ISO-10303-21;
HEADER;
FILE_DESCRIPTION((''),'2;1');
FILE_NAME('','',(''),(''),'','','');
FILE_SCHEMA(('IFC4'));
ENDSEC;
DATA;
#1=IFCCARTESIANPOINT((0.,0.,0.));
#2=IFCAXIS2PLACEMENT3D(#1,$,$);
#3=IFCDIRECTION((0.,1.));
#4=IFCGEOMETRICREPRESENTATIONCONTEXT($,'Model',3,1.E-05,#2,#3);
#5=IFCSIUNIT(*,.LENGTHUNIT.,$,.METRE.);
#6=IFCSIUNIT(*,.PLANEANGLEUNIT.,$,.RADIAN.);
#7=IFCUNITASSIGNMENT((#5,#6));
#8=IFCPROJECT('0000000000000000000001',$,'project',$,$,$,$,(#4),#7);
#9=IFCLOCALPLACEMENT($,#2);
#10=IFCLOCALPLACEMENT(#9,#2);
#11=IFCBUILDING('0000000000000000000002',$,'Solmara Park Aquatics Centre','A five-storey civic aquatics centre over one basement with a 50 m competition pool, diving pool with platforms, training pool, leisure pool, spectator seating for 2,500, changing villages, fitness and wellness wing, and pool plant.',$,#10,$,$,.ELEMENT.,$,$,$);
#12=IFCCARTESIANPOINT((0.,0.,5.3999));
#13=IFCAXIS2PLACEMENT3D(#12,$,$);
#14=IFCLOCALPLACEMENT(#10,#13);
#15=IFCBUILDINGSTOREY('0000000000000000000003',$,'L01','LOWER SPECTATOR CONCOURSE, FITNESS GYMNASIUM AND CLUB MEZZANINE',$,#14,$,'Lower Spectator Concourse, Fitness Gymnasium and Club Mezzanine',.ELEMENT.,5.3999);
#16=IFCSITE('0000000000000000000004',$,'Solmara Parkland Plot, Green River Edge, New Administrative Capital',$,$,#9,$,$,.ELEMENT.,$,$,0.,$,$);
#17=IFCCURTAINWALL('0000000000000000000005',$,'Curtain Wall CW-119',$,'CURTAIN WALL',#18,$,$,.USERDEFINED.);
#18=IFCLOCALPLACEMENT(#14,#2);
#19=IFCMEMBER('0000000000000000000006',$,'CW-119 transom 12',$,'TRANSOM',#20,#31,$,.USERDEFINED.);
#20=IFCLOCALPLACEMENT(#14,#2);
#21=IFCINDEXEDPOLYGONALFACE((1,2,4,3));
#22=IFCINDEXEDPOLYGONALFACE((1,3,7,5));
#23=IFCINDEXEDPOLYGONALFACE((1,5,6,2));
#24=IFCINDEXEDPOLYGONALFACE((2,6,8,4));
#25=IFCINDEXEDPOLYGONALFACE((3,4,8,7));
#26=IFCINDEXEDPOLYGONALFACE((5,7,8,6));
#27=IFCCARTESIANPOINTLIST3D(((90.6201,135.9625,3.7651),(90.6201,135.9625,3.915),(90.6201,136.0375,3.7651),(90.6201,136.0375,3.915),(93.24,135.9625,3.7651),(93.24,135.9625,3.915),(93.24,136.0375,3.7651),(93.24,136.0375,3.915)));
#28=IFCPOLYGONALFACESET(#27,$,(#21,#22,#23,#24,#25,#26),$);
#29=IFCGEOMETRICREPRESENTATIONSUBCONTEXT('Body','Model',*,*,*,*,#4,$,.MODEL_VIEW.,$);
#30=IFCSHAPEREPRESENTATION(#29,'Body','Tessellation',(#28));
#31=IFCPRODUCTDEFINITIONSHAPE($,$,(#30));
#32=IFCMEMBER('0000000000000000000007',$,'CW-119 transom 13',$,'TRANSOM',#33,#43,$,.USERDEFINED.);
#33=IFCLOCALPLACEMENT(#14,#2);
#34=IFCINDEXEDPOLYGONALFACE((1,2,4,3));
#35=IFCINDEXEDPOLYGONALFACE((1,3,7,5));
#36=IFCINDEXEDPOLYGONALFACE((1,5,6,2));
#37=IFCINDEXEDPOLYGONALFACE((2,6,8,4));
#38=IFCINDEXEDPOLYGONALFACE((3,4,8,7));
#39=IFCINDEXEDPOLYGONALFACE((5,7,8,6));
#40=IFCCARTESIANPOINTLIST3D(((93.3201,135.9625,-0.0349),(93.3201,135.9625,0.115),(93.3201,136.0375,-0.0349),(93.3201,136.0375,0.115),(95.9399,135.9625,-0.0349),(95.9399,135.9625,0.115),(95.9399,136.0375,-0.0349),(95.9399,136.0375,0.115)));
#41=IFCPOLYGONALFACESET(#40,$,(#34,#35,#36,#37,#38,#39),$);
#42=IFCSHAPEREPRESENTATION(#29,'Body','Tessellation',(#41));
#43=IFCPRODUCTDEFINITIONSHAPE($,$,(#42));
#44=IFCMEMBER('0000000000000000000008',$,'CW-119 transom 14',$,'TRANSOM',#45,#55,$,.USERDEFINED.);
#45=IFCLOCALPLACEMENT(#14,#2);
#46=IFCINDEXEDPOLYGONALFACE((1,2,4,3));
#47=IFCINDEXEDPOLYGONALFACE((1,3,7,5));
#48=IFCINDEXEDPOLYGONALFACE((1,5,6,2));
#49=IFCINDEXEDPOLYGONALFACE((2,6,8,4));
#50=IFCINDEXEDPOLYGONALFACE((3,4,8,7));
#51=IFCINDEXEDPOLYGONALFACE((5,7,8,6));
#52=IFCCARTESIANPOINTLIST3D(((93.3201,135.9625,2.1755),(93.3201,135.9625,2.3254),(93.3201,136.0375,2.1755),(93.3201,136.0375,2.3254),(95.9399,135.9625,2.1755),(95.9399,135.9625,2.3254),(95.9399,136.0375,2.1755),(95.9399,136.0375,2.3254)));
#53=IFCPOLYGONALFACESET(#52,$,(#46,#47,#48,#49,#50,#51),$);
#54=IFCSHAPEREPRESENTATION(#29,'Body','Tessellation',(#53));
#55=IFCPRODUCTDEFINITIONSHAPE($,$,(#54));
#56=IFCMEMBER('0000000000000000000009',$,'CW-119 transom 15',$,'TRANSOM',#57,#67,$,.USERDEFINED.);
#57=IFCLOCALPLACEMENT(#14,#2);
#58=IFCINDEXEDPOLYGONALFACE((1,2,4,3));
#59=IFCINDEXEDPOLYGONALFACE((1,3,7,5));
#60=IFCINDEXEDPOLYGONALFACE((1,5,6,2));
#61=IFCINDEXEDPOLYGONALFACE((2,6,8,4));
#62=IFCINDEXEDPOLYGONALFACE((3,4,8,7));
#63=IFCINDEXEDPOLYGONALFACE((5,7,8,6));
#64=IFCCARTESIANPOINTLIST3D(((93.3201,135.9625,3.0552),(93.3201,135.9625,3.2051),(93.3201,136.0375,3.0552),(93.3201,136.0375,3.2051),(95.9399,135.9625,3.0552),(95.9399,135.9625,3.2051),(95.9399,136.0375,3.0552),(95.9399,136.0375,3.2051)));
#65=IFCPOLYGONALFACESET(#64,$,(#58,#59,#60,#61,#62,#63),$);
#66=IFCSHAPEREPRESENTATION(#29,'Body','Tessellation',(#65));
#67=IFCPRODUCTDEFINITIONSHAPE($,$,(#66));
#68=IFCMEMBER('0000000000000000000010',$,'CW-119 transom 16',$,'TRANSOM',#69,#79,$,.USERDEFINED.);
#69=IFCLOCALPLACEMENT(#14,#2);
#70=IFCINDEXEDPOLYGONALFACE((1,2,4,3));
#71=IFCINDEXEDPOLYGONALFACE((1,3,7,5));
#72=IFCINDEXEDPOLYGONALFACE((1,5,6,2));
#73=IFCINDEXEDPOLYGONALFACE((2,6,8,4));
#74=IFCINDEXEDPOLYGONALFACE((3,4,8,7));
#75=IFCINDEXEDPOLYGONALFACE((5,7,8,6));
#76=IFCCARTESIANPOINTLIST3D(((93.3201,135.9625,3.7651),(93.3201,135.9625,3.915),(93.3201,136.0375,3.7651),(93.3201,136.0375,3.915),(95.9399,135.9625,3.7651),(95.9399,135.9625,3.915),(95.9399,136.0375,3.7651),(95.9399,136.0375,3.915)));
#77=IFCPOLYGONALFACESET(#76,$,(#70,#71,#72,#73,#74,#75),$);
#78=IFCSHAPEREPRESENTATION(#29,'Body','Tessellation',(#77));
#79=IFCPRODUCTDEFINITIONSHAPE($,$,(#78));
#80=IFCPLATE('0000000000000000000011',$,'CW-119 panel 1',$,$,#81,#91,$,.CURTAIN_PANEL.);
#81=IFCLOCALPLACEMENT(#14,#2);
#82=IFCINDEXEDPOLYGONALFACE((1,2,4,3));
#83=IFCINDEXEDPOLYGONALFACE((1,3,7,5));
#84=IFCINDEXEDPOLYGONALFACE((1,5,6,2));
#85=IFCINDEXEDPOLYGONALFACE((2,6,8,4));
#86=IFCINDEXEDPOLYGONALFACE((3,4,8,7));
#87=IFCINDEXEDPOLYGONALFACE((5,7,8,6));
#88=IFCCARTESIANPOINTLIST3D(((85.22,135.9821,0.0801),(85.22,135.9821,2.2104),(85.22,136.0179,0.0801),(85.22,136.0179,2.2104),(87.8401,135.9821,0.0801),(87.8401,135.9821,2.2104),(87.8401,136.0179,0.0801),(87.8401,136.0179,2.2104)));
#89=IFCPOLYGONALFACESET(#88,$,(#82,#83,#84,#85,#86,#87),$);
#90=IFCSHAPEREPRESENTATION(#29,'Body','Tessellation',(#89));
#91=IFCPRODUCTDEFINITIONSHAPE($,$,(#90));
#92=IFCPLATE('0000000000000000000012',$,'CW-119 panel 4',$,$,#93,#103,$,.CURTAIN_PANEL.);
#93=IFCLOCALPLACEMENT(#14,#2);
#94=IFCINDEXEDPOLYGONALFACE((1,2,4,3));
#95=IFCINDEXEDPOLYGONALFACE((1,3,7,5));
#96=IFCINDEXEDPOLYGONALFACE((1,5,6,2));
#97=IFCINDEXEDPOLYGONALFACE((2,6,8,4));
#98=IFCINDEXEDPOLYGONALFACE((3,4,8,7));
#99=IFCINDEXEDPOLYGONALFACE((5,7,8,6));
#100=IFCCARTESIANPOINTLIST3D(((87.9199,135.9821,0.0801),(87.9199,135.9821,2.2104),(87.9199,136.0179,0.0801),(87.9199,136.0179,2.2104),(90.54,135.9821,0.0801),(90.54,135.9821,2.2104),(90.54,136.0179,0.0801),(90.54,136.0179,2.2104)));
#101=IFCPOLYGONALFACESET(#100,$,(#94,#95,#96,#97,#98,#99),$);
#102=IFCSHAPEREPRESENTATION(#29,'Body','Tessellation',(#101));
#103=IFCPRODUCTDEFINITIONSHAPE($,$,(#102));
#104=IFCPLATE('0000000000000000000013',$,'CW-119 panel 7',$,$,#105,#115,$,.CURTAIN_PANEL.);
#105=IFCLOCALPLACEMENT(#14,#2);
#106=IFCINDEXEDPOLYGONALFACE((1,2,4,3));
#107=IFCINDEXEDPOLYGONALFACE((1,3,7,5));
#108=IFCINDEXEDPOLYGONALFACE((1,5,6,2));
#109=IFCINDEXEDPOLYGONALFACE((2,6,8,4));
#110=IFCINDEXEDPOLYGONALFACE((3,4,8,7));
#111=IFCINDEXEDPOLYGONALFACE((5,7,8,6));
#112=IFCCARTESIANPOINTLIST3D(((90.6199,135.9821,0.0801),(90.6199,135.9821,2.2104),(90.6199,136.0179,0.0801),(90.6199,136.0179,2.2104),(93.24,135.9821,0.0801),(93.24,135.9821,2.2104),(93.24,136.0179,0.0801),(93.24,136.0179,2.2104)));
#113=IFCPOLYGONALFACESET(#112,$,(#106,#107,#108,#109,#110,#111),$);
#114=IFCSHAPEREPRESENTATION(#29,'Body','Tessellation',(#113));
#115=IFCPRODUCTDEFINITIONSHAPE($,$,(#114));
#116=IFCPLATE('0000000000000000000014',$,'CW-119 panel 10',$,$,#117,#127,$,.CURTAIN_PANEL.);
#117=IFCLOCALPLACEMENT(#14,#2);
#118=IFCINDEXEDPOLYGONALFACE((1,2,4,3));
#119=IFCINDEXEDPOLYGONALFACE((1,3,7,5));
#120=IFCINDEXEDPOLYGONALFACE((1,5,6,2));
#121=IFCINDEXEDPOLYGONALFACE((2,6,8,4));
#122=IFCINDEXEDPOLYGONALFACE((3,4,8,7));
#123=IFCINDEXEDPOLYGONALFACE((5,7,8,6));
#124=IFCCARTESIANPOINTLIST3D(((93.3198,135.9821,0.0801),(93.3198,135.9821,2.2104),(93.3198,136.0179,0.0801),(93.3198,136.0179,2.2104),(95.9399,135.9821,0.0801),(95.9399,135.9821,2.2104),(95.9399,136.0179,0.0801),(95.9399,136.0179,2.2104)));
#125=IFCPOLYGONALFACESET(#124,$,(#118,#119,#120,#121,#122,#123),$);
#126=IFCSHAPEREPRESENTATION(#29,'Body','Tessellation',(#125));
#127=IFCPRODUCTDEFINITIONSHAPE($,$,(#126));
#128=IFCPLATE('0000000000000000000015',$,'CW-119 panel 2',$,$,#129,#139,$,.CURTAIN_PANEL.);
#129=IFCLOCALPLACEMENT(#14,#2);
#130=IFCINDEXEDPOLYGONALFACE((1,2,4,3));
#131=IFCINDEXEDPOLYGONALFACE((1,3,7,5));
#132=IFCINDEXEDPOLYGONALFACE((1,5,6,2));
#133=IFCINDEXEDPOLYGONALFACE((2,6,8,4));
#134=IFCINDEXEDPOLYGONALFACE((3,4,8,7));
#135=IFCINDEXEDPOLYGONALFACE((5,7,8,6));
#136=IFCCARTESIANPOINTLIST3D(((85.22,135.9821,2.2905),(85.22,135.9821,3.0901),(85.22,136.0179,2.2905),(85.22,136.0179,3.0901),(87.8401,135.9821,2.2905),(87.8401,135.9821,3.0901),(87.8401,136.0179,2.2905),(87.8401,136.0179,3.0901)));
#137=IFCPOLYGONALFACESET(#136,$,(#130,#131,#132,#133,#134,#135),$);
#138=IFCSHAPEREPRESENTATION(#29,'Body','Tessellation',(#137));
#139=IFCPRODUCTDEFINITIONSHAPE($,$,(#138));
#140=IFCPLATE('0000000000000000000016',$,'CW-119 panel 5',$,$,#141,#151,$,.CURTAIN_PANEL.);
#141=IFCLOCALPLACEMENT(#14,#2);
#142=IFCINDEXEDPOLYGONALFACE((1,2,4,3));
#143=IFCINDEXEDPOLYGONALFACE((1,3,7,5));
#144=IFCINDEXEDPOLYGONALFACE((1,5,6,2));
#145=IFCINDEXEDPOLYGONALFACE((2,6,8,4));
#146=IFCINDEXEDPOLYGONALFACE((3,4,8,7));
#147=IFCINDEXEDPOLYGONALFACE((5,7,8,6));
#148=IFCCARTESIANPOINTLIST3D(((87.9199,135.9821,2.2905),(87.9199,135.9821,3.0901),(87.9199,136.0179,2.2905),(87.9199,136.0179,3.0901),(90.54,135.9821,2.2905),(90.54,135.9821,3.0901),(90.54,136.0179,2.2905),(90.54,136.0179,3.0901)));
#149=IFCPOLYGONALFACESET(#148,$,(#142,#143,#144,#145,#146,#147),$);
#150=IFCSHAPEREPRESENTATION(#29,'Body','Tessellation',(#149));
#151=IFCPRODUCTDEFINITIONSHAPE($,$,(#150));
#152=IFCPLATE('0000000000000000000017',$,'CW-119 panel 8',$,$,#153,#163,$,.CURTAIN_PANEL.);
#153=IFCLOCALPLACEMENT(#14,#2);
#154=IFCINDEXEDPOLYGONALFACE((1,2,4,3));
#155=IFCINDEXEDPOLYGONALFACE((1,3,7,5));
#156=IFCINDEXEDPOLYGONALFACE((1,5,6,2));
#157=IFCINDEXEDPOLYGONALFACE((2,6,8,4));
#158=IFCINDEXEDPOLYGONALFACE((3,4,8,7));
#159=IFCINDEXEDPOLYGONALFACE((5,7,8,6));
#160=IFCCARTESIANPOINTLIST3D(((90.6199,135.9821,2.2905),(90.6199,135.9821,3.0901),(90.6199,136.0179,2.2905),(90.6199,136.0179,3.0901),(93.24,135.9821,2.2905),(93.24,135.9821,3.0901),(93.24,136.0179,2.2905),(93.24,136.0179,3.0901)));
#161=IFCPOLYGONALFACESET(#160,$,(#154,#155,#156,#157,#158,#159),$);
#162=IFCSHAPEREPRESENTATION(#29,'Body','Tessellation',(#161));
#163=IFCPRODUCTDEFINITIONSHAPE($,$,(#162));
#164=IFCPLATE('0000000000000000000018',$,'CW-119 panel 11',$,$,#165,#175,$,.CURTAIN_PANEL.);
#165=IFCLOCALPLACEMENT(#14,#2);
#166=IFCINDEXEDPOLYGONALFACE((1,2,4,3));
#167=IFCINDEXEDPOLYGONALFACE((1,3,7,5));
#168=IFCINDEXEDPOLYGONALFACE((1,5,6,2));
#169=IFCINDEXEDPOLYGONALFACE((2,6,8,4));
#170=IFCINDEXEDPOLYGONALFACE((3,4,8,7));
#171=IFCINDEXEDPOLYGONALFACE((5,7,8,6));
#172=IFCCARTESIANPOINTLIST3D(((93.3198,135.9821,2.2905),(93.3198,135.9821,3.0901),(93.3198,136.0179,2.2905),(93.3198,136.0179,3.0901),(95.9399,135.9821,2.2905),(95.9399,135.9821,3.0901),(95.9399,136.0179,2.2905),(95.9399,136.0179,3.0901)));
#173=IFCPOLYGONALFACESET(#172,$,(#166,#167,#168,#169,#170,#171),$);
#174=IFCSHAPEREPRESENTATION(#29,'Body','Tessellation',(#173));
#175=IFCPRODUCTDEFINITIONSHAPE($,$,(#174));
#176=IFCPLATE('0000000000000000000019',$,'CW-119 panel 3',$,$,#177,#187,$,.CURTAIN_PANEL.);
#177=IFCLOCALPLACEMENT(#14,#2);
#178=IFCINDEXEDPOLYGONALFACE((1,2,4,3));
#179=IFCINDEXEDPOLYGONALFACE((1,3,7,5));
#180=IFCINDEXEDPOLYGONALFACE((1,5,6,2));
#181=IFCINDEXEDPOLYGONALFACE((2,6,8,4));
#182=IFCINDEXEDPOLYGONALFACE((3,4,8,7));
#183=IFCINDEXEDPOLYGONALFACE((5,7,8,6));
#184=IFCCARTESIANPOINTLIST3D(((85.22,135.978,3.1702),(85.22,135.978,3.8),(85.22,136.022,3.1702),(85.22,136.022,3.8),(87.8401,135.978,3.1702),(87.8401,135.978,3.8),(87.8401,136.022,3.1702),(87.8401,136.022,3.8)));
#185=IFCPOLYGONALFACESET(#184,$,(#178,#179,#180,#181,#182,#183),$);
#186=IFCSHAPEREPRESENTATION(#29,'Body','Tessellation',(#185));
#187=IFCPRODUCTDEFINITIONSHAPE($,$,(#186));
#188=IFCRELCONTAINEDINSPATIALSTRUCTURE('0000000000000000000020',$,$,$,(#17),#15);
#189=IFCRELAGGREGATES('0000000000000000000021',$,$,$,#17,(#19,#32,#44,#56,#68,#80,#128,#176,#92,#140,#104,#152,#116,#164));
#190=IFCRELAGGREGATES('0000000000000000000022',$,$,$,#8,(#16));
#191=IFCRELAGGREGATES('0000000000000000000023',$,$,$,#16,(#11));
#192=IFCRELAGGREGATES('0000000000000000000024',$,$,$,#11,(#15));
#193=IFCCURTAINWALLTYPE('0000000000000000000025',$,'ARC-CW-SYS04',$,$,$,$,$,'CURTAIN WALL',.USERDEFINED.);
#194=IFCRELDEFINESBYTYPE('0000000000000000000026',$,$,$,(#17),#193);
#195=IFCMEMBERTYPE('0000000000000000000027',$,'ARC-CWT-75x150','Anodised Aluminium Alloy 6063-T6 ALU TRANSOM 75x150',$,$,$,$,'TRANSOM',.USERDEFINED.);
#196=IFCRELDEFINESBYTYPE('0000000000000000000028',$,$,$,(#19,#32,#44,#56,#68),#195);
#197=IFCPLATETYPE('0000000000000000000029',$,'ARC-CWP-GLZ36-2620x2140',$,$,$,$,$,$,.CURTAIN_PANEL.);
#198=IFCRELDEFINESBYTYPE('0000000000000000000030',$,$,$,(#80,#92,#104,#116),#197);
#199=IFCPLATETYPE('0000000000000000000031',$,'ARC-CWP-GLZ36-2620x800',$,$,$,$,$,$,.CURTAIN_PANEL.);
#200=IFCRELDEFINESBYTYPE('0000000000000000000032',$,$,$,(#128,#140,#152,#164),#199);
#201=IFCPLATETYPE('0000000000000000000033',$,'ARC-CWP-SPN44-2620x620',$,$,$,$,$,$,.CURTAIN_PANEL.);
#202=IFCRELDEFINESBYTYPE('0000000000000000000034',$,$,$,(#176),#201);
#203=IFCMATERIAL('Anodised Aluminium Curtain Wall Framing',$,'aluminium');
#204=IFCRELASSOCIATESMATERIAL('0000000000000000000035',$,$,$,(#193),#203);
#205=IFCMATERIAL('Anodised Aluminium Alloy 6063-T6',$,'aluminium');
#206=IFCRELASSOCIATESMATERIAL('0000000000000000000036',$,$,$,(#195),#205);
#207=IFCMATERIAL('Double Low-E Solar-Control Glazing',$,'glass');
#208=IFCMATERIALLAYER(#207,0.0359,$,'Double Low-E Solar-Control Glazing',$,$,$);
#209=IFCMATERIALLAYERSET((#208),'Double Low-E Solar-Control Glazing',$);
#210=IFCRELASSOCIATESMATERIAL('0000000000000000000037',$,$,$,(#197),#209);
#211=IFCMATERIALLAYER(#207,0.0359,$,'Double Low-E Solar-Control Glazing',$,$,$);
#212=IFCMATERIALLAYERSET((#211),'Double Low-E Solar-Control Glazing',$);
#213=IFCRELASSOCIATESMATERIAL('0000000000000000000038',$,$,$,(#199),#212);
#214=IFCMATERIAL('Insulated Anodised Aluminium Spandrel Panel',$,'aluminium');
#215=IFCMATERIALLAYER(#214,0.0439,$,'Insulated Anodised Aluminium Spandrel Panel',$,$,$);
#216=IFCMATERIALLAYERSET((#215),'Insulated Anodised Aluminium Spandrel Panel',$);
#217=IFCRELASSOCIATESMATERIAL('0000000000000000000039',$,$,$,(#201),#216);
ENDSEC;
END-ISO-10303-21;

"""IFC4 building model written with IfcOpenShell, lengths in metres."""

from ifc_helpers import new_model, si_unit, direction, frame, origin, origin_2d, place, context, subcontext, project, spatial, rectangle, extrude, material, layer, layer_set, material_profile, profile_set, type_object, element, aggregate, save


model = new_model("IFC4")

# Units and contexts
model_context = context("Model", 3, precision=1e-05, world=origin(), true_north=direction((0.0, 1.0)))
body_context = subcontext(model_context, "Body", "Model", "MODEL_VIEW")
ifc_project = project(units=[si_unit("LENGTHUNIT", "METRE"), si_unit("PLANEANGLEUNIT", "RADIAN")], contexts=[model_context])

# Site, building, storey
site_placement = place(None, origin())
site = spatial("IfcSite", under=ifc_project, at=site_placement, Name="Solmara Parkland Plot, Green River Edge, New Administrative Capital", CompositionType="ELEMENT", RefElevation=0.0)
building_placement = place(site_placement, origin())
building = spatial("IfcBuilding", under=site, at=building_placement, Name="Solmara Park Aquatics Centre", Description="A five-storey civic aquatics centre over one basement with a 50 m competition pool, diving pool with platforms, training pool, leisure pool, spectator seating for 2,500, changing villages, fitness and wellness wing, and pool plant.", CompositionType="ELEMENT")
storey_placement = place(building_placement, frame((0.0, 0.0, 5.3999)))
storey = spatial("IfcBuildingStorey", under=building, at=storey_placement, Name="L01", Description="LOWER SPECTATOR CONCOURSE, FITNESS GYMNASIUM AND CLUB MEZZANINE", LongName="Lower Spectator Concourse, Fitness Gymnasium and Club Mezzanine", CompositionType="ELEMENT", Elevation=5.3999)

# Curtain wall, members, plates
ifc_material_1 = material(Name="Anodised Aluminium Curtain Wall Framing", Category="aluminium")
curtain_wall_type = type_object("IfcCurtainWallType", Name="ARC-CW-SYS04", ElementType="CURTAIN WALL", PredefinedType="USERDEFINED", material=ifc_material_1)
curtain_wall_placement = place(storey_placement, origin())
curtain_wall = element("IfcCurtainWall", 1, at=curtain_wall_placement, inside=storey, type_object=curtain_wall_type, Name="Curtain Wall CW-119", ObjectType="CURTAIN WALL", PredefinedType="USERDEFINED")
ifc_material_2 = material(Name="Anodised Aluminium Alloy 6063-T6", Category="aluminium")
ifc_material_profile_1 = material_profile(ifc_material_2, rectangle(XDim=0.075, YDim=0.1499, at=origin_2d()), Name="ALU TRANSOM 75x150")
ifc_profile_set_1 = profile_set([ifc_material_profile_1], Name="Anodised Aluminium Alloy 6063-T6")
member_type_1 = type_object("IfcMemberType", Name="ARC-CWT-75x150", Description="Anodised Aluminium Alloy 6063-T6 ALU TRANSOM 75x150", ElementType="TRANSOM", PredefinedType="USERDEFINED", material=ifc_profile_set_1)
member_1_placement = place(storey_placement, frame((90.6201, 136.0, 3.8401), z_axis=(1.0, 0.0, 0.0), x_axis=(0.0, 1.0, 0.0)))
member_1 = element("IfcMember", 2, at=member_1_placement, type_object=member_type_1, Name="CW-119 transom 12", ObjectType="TRANSOM", PredefinedType="USERDEFINED", context=body_context, shape_type="SweptSolid", body=[
    extrude(rectangle(XDim=0.075, YDim=0.1499, at=origin_2d()), origin(), (0.0, 0.0, 1.0), 2.6199),
])
member_2_placement = place(storey_placement, frame((93.3201, 136.0, 0.04), z_axis=(1.0, 0.0, 0.0), x_axis=(0.0, 1.0, 0.0)))
member_2 = element("IfcMember", 3, at=member_2_placement, type_object=member_type_1, Name="CW-119 transom 13", ObjectType="TRANSOM", PredefinedType="USERDEFINED", context=body_context, shape_type="SweptSolid", body=[
    extrude(rectangle(XDim=0.075, YDim=0.1499, at=origin_2d()), origin(), (0.0, 0.0, 1.0), 2.6199),
])
member_3_placement = place(storey_placement, frame((93.3201, 136.0, 2.2505), z_axis=(1.0, 0.0, 0.0), x_axis=(0.0, 1.0, 0.0)))
member_3 = element("IfcMember", 4, at=member_3_placement, type_object=member_type_1, Name="CW-119 transom 14", ObjectType="TRANSOM", PredefinedType="USERDEFINED", context=body_context, shape_type="SweptSolid", body=[
    extrude(rectangle(XDim=0.075, YDim=0.1499, at=origin_2d()), origin(), (0.0, 0.0, 1.0), 2.6199),
])
member_4_placement = place(storey_placement, frame((93.3201, 136.0, 3.1301), z_axis=(1.0, 0.0, 0.0), x_axis=(0.0, 1.0, 0.0)))
member_4 = element("IfcMember", 5, at=member_4_placement, type_object=member_type_1, Name="CW-119 transom 15", ObjectType="TRANSOM", PredefinedType="USERDEFINED", context=body_context, shape_type="SweptSolid", body=[
    extrude(rectangle(XDim=0.075, YDim=0.1499, at=origin_2d()), origin(), (0.0, 0.0, 1.0), 2.6199),
])
member_5_placement = place(storey_placement, frame((93.3201, 136.0, 3.8401), z_axis=(1.0, 0.0, 0.0), x_axis=(0.0, 1.0, 0.0)))
member_5 = element("IfcMember", 6, at=member_5_placement, type_object=member_type_1, Name="CW-119 transom 16", ObjectType="TRANSOM", PredefinedType="USERDEFINED", context=body_context, shape_type="SweptSolid", body=[
    extrude(rectangle(XDim=0.075, YDim=0.1499, at=origin_2d()), origin(), (0.0, 0.0, 1.0), 2.6199),
])
ifc_material_3 = material(Name="Double Low-E Solar-Control Glazing", Category="glass")
ifc_layer_1 = layer(ifc_material_3, 0.0359, Name="Double Low-E Solar-Control Glazing")
ifc_layer_set_1 = layer_set([ifc_layer_1], Name="Double Low-E Solar-Control Glazing")
plate_type_1 = type_object("IfcPlateType", Name="ARC-CWP-GLZ36-2620x2140", PredefinedType="CURTAIN_PANEL", material=ifc_layer_set_1)
plate_1_placement = place(storey_placement, frame((86.53, 136.0, 0.0801), z_axis=(0.0, 0.0, 1.0), x_axis=(1.0, 0.0, 0.0)))
plate_1 = element("IfcPlate", 7, at=plate_1_placement, type_object=plate_type_1, Name="CW-119 panel 1", PredefinedType="CURTAIN_PANEL", context=body_context, shape_type="SweptSolid", body=[
    extrude(rectangle(XDim=2.6201, YDim=0.0359, at=origin_2d()), origin(), (0.0, 0.0, 1.0), 2.1304),
])
plate_2_placement = place(storey_placement, frame((89.23, 136.0, 0.0801), z_axis=(0.0, 0.0, 1.0), x_axis=(1.0, 0.0, 0.0)))
plate_2 = element("IfcPlate", 8, at=plate_2_placement, type_object=plate_type_1, Name="CW-119 panel 4", PredefinedType="CURTAIN_PANEL", context=body_context, shape_type="SweptSolid", body=[
    extrude(rectangle(XDim=2.6201, YDim=0.0359, at=origin_2d()), origin(), (0.0, 0.0, 1.0), 2.1304),
])
plate_3_placement = place(storey_placement, frame((91.9299, 136.0, 0.0801), z_axis=(0.0, 0.0, 1.0), x_axis=(1.0, 0.0, 0.0)))
plate_3 = element("IfcPlate", 9, at=plate_3_placement, type_object=plate_type_1, Name="CW-119 panel 7", PredefinedType="CURTAIN_PANEL", context=body_context, shape_type="SweptSolid", body=[
    extrude(rectangle(XDim=2.6201, YDim=0.0359, at=origin_2d()), origin(), (0.0, 0.0, 1.0), 2.1304),
])
plate_4_placement = place(storey_placement, frame((94.6299, 136.0, 0.0801), z_axis=(0.0, 0.0, 1.0), x_axis=(1.0, 0.0, 0.0)))
plate_4 = element("IfcPlate", 10, at=plate_4_placement, type_object=plate_type_1, Name="CW-119 panel 10", PredefinedType="CURTAIN_PANEL", context=body_context, shape_type="SweptSolid", body=[
    extrude(rectangle(XDim=2.6201, YDim=0.0359, at=origin_2d()), origin(), (0.0, 0.0, 1.0), 2.1304),
])
ifc_layer_2 = layer(ifc_material_3, 0.0359, Name="Double Low-E Solar-Control Glazing")
ifc_layer_set_2 = layer_set([ifc_layer_2], Name="Double Low-E Solar-Control Glazing")
plate_type_2 = type_object("IfcPlateType", Name="ARC-CWP-GLZ36-2620x800", PredefinedType="CURTAIN_PANEL", material=ifc_layer_set_2)
plate_5_placement = place(storey_placement, frame((86.53, 136.0, 2.2905), z_axis=(0.0, 0.0, 1.0), x_axis=(1.0, 0.0, 0.0)))
plate_5 = element("IfcPlate", 11, at=plate_5_placement, type_object=plate_type_2, Name="CW-119 panel 2", PredefinedType="CURTAIN_PANEL", context=body_context, shape_type="SweptSolid", body=[
    extrude(rectangle(XDim=2.6201, YDim=0.0359, at=origin_2d()), origin(), (0.0, 0.0, 1.0), 0.7996),
])
plate_6_placement = place(storey_placement, frame((89.23, 136.0, 2.2905), z_axis=(0.0, 0.0, 1.0), x_axis=(1.0, 0.0, 0.0)))
plate_6 = element("IfcPlate", 12, at=plate_6_placement, type_object=plate_type_2, Name="CW-119 panel 5", PredefinedType="CURTAIN_PANEL", context=body_context, shape_type="SweptSolid", body=[
    extrude(rectangle(XDim=2.6201, YDim=0.0359, at=origin_2d()), origin(), (0.0, 0.0, 1.0), 0.7996),
])
plate_7_placement = place(storey_placement, frame((91.9299, 136.0, 2.2905), z_axis=(0.0, 0.0, 1.0), x_axis=(1.0, 0.0, 0.0)))
plate_7 = element("IfcPlate", 13, at=plate_7_placement, type_object=plate_type_2, Name="CW-119 panel 8", PredefinedType="CURTAIN_PANEL", context=body_context, shape_type="SweptSolid", body=[
    extrude(rectangle(XDim=2.6201, YDim=0.0359, at=origin_2d()), origin(), (0.0, 0.0, 1.0), 0.7996),
])
plate_8_placement = place(storey_placement, frame((94.6299, 136.0, 2.2905), z_axis=(0.0, 0.0, 1.0), x_axis=(1.0, 0.0, 0.0)))
plate_8 = element("IfcPlate", 14, at=plate_8_placement, type_object=plate_type_2, Name="CW-119 panel 11", PredefinedType="CURTAIN_PANEL", context=body_context, shape_type="SweptSolid", body=[
    extrude(rectangle(XDim=2.6201, YDim=0.0359, at=origin_2d()), origin(), (0.0, 0.0, 1.0), 0.7996),
])
ifc_material_4 = material(Name="Insulated Anodised Aluminium Spandrel Panel", Category="aluminium")
ifc_layer_3 = layer(ifc_material_4, 0.0439, Name="Insulated Anodised Aluminium Spandrel Panel")
ifc_layer_set_3 = layer_set([ifc_layer_3], Name="Insulated Anodised Aluminium Spandrel Panel")
plate_type_3 = type_object("IfcPlateType", Name="ARC-CWP-SPN44-2620x620", PredefinedType="CURTAIN_PANEL", material=ifc_layer_set_3)
plate_9_placement = place(storey_placement, frame((86.53, 136.0, 3.1702), z_axis=(0.0, 0.0, 1.0), x_axis=(1.0, 0.0, 0.0)))
plate_9 = element("IfcPlate", 15, at=plate_9_placement, type_object=plate_type_3, Name="CW-119 panel 3", PredefinedType="CURTAIN_PANEL", context=body_context, shape_type="SweptSolid", body=[
    extrude(rectangle(XDim=2.6201, YDim=0.0439, at=origin_2d()), origin(), (0.0, 0.0, 1.0), 0.6299),
])
aggregate(curtain_wall, [member_1, member_2, member_3, member_4, member_5, plate_1, plate_5, plate_9, plate_2, plate_6, plate_3, plate_7, plate_4, plate_8])

save(model, "model.ifc")
